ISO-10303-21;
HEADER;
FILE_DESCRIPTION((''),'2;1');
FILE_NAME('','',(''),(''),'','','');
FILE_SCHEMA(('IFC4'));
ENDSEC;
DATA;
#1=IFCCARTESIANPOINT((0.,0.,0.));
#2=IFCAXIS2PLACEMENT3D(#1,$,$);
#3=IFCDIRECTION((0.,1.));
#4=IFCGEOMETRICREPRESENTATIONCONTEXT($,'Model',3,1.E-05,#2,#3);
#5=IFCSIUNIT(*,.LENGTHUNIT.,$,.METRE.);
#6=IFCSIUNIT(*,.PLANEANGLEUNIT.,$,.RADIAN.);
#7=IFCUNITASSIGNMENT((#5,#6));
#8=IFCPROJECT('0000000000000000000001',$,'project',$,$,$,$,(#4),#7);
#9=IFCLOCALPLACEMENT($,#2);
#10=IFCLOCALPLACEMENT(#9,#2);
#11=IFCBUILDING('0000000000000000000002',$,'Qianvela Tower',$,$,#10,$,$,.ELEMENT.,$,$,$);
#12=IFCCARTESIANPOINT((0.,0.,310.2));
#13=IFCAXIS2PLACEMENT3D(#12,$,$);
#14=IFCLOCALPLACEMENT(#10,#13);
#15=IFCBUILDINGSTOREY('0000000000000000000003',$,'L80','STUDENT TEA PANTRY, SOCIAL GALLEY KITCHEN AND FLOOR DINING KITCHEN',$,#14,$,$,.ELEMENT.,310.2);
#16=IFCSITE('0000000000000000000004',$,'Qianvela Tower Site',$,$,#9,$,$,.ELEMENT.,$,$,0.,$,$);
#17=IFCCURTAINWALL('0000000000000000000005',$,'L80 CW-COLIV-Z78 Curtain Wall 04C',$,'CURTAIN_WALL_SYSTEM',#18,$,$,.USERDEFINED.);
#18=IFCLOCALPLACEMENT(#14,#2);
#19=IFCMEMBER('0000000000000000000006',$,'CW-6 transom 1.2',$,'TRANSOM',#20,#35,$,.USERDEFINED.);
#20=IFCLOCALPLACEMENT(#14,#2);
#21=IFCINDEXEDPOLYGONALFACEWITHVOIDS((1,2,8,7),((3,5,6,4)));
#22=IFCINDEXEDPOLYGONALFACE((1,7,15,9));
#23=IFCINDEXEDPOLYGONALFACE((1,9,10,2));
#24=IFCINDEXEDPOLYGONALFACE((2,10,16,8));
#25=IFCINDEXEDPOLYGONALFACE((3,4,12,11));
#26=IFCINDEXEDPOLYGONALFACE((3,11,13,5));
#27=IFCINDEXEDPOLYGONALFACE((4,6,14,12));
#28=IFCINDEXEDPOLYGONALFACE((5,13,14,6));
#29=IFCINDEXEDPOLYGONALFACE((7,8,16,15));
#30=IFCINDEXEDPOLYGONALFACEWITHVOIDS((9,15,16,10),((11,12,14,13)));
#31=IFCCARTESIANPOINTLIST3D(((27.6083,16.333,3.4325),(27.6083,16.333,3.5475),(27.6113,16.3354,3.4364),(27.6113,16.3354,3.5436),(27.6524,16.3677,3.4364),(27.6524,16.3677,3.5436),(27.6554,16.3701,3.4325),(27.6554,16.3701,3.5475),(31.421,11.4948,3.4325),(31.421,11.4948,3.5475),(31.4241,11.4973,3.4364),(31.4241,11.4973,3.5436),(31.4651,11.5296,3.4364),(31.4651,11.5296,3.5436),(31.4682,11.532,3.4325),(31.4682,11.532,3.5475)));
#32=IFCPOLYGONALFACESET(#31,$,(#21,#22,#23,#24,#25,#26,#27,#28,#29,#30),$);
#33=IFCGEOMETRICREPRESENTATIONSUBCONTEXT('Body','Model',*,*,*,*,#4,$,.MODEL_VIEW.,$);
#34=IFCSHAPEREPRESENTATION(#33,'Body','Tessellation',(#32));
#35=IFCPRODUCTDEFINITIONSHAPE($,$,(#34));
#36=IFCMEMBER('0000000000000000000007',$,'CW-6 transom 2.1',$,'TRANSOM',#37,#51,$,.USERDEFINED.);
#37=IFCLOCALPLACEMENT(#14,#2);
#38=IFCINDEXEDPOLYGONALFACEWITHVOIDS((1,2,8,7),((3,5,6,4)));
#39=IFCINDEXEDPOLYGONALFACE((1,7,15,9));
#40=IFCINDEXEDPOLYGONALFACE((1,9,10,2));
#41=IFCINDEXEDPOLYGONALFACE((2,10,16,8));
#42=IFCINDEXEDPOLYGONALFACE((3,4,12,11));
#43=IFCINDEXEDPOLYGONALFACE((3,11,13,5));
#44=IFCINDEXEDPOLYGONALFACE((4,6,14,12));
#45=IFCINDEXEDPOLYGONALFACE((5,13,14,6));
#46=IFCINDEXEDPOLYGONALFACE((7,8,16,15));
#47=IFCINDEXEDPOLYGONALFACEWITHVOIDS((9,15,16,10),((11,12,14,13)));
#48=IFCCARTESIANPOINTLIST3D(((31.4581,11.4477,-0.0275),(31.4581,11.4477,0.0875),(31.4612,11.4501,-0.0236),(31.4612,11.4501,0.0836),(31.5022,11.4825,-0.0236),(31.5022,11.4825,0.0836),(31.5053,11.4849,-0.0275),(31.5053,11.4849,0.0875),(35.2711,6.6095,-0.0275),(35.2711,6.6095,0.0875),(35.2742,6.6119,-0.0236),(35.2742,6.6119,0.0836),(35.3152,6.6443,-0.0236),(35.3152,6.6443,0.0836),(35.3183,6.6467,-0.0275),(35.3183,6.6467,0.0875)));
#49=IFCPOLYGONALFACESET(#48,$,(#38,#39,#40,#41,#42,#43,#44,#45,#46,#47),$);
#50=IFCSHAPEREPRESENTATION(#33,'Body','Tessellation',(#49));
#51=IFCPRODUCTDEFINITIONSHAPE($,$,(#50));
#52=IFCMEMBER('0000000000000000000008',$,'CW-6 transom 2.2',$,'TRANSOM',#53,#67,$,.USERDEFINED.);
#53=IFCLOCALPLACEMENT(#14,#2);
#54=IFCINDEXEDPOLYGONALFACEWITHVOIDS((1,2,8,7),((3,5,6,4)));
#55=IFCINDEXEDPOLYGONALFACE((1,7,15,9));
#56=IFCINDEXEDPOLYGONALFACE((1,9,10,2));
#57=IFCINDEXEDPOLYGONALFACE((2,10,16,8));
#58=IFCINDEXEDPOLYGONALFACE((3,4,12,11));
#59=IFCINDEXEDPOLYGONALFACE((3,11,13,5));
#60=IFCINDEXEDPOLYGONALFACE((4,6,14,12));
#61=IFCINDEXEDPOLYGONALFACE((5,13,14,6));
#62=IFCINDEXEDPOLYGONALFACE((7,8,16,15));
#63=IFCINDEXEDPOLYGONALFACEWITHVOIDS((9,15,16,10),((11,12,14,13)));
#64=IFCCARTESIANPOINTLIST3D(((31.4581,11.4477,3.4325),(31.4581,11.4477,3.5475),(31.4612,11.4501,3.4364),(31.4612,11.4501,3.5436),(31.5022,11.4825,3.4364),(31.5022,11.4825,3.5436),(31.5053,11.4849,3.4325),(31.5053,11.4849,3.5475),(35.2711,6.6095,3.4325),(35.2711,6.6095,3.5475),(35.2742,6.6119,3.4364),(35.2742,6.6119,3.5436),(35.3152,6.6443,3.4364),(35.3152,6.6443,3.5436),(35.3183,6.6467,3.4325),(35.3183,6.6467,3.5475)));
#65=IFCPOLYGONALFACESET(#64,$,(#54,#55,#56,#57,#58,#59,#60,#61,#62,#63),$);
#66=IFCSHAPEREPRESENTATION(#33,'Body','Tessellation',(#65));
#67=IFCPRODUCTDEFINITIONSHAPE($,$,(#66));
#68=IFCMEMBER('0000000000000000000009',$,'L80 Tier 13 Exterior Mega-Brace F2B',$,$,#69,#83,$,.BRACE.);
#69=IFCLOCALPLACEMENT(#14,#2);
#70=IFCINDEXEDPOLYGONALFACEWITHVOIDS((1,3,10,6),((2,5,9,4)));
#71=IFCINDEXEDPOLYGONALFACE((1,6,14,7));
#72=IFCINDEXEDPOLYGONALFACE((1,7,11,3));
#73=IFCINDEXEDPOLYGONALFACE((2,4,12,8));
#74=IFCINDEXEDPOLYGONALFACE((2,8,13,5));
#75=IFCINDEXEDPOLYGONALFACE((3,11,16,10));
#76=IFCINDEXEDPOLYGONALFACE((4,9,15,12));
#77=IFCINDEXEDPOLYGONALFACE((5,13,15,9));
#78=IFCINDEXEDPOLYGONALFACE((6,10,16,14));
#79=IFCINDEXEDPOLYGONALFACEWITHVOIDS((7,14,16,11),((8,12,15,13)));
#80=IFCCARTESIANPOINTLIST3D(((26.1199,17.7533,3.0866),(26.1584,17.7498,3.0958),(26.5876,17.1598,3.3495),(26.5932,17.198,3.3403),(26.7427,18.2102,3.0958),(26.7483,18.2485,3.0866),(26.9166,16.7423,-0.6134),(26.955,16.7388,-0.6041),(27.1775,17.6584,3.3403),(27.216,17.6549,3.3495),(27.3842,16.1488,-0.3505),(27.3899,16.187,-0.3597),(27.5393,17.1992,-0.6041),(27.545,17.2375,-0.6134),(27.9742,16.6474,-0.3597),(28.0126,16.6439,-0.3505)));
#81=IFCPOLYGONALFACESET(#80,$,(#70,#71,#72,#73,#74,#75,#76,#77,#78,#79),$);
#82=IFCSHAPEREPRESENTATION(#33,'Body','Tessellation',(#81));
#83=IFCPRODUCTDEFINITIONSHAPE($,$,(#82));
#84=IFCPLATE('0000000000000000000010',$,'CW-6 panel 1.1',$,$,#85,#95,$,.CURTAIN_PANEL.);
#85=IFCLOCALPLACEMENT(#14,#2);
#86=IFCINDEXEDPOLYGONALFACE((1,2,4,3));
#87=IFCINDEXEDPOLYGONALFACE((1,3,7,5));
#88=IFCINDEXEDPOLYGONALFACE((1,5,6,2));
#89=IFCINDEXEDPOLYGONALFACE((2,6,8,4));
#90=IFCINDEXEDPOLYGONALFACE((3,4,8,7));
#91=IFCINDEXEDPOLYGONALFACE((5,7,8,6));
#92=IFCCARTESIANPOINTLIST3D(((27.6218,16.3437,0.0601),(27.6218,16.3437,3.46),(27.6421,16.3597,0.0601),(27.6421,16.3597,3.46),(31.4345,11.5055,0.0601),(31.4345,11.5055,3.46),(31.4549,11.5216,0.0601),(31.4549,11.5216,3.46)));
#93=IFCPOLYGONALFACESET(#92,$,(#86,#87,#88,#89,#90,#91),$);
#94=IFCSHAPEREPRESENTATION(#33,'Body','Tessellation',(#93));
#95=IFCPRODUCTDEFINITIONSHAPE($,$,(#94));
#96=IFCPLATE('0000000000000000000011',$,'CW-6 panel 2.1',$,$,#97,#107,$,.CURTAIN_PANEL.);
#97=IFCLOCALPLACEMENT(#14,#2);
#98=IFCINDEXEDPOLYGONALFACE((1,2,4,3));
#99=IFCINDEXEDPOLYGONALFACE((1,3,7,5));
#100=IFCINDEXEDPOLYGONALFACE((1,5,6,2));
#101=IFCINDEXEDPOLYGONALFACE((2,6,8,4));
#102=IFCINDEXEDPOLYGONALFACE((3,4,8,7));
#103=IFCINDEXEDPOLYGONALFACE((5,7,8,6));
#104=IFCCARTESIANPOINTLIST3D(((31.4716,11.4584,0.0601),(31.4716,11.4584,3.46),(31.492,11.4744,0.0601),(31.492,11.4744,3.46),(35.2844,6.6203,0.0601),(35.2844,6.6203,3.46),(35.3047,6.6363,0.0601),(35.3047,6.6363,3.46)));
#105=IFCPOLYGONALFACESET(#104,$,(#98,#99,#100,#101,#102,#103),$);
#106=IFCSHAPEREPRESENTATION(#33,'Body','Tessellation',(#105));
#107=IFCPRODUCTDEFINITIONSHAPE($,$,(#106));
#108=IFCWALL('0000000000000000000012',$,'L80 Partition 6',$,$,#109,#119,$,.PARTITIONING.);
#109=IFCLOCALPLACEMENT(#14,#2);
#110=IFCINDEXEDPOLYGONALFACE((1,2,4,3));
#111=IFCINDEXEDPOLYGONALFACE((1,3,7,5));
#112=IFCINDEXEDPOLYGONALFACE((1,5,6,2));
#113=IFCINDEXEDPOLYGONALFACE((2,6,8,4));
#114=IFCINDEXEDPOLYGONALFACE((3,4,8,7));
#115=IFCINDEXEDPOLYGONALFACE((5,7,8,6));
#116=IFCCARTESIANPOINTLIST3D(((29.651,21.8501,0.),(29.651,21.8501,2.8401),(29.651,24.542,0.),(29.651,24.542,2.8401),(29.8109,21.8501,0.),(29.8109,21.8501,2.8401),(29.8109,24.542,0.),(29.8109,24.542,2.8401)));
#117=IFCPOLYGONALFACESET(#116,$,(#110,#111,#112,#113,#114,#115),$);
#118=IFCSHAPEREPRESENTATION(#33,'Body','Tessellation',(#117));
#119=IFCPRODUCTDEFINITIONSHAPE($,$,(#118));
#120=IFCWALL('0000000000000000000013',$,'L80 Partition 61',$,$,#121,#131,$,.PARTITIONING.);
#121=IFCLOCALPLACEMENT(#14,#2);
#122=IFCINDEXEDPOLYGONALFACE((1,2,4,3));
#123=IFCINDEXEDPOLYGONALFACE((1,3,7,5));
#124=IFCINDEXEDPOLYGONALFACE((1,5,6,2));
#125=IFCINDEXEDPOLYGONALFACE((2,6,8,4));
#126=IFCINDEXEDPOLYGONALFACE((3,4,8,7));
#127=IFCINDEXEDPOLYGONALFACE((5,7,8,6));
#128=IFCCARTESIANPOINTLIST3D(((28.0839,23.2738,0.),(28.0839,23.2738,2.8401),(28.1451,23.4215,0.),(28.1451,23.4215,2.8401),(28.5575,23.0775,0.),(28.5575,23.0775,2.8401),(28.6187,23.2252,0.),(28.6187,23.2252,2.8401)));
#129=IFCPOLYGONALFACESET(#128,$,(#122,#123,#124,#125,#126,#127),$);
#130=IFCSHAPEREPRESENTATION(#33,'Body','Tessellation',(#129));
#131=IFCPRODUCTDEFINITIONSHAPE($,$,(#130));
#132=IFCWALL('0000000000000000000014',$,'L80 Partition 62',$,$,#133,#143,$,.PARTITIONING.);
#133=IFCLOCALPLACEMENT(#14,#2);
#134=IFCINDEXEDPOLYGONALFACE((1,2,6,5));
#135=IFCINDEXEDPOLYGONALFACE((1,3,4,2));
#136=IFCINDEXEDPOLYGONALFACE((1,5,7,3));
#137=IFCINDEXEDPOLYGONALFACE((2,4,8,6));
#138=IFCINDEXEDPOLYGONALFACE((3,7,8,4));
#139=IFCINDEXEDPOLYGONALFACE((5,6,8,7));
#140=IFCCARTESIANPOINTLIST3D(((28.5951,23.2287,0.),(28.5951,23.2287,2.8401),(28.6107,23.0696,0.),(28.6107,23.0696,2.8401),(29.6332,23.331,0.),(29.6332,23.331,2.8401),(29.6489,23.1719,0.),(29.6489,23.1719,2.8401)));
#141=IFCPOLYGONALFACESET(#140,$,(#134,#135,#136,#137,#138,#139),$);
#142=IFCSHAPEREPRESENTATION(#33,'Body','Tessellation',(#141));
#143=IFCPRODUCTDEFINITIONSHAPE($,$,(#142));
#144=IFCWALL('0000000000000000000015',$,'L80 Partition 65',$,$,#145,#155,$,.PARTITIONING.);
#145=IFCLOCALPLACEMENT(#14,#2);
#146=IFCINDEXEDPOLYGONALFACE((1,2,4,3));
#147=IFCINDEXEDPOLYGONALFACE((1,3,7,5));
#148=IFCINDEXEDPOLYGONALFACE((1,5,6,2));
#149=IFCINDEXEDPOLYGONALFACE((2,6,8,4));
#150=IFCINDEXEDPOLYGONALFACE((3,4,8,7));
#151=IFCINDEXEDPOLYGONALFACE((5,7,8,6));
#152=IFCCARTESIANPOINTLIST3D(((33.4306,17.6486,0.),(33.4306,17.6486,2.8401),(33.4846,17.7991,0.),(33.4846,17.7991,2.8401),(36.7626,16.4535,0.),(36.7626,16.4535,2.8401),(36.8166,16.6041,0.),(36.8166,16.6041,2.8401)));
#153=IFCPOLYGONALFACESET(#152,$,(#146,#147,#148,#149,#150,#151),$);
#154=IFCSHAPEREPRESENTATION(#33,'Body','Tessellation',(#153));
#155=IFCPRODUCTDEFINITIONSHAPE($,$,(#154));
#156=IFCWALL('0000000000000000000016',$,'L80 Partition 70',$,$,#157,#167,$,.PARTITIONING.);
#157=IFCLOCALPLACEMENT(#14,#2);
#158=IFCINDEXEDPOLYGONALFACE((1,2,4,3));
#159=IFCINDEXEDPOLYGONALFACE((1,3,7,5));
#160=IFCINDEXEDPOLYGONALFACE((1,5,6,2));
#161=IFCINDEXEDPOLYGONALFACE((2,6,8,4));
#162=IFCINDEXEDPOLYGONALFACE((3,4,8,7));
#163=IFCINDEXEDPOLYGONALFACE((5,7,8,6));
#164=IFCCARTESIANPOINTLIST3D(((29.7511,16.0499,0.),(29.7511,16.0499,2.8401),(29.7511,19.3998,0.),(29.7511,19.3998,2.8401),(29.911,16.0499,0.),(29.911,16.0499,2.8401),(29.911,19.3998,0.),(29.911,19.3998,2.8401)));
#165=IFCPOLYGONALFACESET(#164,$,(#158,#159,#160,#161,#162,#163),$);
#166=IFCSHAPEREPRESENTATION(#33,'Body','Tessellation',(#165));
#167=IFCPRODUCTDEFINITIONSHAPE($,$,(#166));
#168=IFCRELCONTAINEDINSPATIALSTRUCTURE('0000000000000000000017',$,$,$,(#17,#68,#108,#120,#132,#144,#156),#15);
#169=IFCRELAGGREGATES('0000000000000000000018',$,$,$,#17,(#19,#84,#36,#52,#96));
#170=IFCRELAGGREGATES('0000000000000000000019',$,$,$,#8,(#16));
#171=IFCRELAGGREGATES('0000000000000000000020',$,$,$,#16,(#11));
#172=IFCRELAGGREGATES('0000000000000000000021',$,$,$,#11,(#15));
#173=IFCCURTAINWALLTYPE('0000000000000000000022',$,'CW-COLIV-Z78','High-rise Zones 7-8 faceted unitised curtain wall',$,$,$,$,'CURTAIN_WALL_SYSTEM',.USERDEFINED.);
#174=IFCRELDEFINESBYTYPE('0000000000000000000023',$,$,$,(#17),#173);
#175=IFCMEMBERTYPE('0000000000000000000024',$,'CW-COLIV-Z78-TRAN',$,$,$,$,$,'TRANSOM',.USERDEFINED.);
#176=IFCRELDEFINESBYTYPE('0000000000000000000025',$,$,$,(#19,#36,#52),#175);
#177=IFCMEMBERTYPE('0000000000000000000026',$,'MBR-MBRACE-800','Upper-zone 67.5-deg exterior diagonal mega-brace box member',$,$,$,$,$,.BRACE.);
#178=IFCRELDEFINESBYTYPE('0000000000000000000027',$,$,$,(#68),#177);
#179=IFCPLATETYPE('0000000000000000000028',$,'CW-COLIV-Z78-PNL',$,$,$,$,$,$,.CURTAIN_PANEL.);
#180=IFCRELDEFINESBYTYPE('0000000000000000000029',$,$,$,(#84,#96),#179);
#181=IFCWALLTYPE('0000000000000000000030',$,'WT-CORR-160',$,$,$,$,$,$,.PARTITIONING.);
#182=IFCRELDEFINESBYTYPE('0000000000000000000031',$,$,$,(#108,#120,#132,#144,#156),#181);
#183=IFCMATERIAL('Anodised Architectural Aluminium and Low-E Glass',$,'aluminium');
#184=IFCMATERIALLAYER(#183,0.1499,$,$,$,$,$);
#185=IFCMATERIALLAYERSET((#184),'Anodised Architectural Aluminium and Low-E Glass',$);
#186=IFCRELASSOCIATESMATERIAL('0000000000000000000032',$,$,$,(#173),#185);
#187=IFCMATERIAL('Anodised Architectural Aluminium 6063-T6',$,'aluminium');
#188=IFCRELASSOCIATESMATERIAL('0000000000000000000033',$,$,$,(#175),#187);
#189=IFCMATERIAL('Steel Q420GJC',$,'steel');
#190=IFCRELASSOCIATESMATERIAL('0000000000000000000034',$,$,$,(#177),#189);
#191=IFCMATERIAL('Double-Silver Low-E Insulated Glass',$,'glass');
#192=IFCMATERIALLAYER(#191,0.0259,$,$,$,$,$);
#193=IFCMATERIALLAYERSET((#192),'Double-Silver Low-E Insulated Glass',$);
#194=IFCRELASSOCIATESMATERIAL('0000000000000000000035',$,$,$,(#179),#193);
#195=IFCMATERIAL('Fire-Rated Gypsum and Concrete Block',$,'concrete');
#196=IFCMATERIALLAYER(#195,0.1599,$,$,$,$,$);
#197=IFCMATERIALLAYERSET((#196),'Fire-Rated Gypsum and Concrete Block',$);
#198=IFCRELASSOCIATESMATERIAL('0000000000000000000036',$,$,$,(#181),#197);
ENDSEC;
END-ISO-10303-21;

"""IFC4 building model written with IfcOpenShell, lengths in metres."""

from ifc_helpers import new_model, si_unit, direction, frame, frame_2d, origin, origin_2d, place, context, subcontext, project, spatial, rectangle, hollow_rectangle, extrude, material, layer, layer_set, material_profile, profile_set, type_object, element, aggregate, save


model = new_model("IFC4")

# Units and contexts
model_context = context("Model", 3, precision=1e-05, world=origin(), true_north=direction((0.0, 1.0)))
body_context = subcontext(model_context, "Body", "Model", "MODEL_VIEW")
ifc_project = project(units=[si_unit("LENGTHUNIT", "METRE"), si_unit("PLANEANGLEUNIT", "RADIAN")], contexts=[model_context])

# Site, building, storey
site_placement = place(None, origin())
site = spatial("IfcSite", under=ifc_project, at=site_placement, Name="Qianvela Tower Site", CompositionType="ELEMENT", RefElevation=0.0)
building_placement = place(site_placement, origin())
building = spatial("IfcBuilding", under=site, at=building_placement, Name="Qianvela Tower", CompositionType="ELEMENT")
storey_placement = place(building_placement, frame((0.0, 0.0, 310.2)))
storey = spatial("IfcBuildingStorey", under=building, at=storey_placement, Name="L80", Description="STUDENT TEA PANTRY, SOCIAL GALLEY KITCHEN AND FLOOR DINING KITCHEN", CompositionType="ELEMENT", Elevation=310.2)

# Curtain wall, members
ifc_material_1 = material(Name="Anodised Architectural Aluminium and Low-E Glass", Category="aluminium")
ifc_layer_1 = layer(ifc_material_1, 0.1499)
ifc_layer_set_1 = layer_set([ifc_layer_1], Name="Anodised Architectural Aluminium and Low-E Glass")
curtain_wall_type_1 = type_object("IfcCurtainWallType", Name="CW-COLIV-Z78", Description="High-rise Zones 7-8 faceted unitised curtain wall", ElementType="CURTAIN_WALL_SYSTEM", PredefinedType="USERDEFINED", material=ifc_layer_set_1)
curtain_wall_1_placement = place(storey_placement, origin())
curtain_wall_1 = element("IfcCurtainWall", 1, at=curtain_wall_1_placement, inside=storey, type_object=curtain_wall_type_1, Name="L80 CW-COLIV-Z78 Curtain Wall 04C", ObjectType="CURTAIN_WALL_SYSTEM", PredefinedType="USERDEFINED")
ifc_material_2 = material(Name="Anodised Architectural Aluminium 6063-T6", Category="aluminium")
ifc_material_profile_1 = material_profile(ifc_material_2, hollow_rectangle(XDim=0.0601, YDim=0.115, WallThickness=0.0039, at=origin_2d()), Name="ALU-TRAN-60x115")
ifc_profile_set_1 = profile_set([ifc_material_profile_1], Name="Anodised Architectural Aluminium 6063-T6")
member_type_1 = type_object("IfcMemberType", Name="CW-COLIV-Z78-TRAN", ElementType="TRANSOM", PredefinedType="USERDEFINED", material=ifc_profile_set_1)
member_1_placement = place(storey_placement, frame((27.6318, 16.3516, 3.49), z_axis=(0.61896, -0.785422, 0.0), x_axis=(0.785422, 0.61896, 0.0)))
member_1 = element("IfcMember", 2, at=member_1_placement, type_object=member_type_1, Name="CW-6 transom 1.2", ObjectType="TRANSOM", PredefinedType="USERDEFINED", context=body_context, shape_type="SweptSolid", body=[
    extrude(hollow_rectangle(XDim=0.0601, YDim=0.115, WallThickness=0.0039, at=origin_2d()), origin(), (0.0, 0.0, 1.0), 6.1599),
])
member_2_placement = place(storey_placement, frame((31.4817, 11.4663, 0.03), z_axis=(0.618985, -0.785403, 0.0), x_axis=(0.785403, 0.618985, 0.0)))
member_2 = element("IfcMember", 3, at=member_2_placement, type_object=member_type_1, Name="CW-6 transom 2.1", ObjectType="TRANSOM", PredefinedType="USERDEFINED", context=body_context, shape_type="SweptSolid", body=[
    extrude(hollow_rectangle(XDim=0.0601, YDim=0.115, WallThickness=0.0039, at=origin_2d()), origin(), (0.0, 0.0, 1.0), 6.1602),
])
member_3_placement = place(storey_placement, frame((31.4817, 11.4663, 3.49), z_axis=(0.618985, -0.785403, 0.0), x_axis=(0.785403, 0.618985, 0.0)))
member_3 = element("IfcMember", 4, at=member_3_placement, type_object=member_type_1, Name="CW-6 transom 2.2", ObjectType="TRANSOM", PredefinedType="USERDEFINED", context=body_context, shape_type="SweptSolid", body=[
    extrude(hollow_rectangle(XDim=0.0601, YDim=0.115, WallThickness=0.0039, at=origin_2d()), origin(), (0.0, 0.0, 1.0), 6.1602),
])

# Member
ifc_material_3 = material(Name="Steel Q420GJC", Category="steel")
ifc_material_profile_2 = material_profile(ifc_material_3, hollow_rectangle(XDim=0.8, YDim=0.8, WallThickness=0.0281, at=origin_2d()), Name="MBOX-800x800x28")
ifc_profile_set_2 = profile_set([ifc_material_profile_2], Name="Steel Q420GJC")
member_type_2 = type_object("IfcMemberType", Name="MBR-MBRACE-800", Description="Upper-zone 67.5-deg exterior diagonal mega-brace box member", PredefinedType="BRACE", material=ifc_profile_set_2)
member_4_placement = place(storey_placement, frame((27.4646, 16.6931, -0.4819), z_axis=(-0.203355, 0.258073, 0.944481), x_axis=(-0.785455, -0.618918, 0.0)))
element("IfcMember", 5, at=member_4_placement, inside=storey, type_object=member_type_2, Name="L80 Tier 13 Exterior Mega-Brace F2B", PredefinedType="BRACE", context=body_context, shape_type="SweptSolid", body=[
    extrude(hollow_rectangle(XDim=0.8, YDim=0.8, WallThickness=0.0281, at=origin_2d()), origin(), (0.0, 0.0, 1.0), 3.9175),
])

# Plates
ifc_material_4 = material(Name="Double-Silver Low-E Insulated Glass", Category="glass")
ifc_layer_2 = layer(ifc_material_4, 0.0259)
ifc_layer_set_2 = layer_set([ifc_layer_2], Name="Double-Silver Low-E Insulated Glass")
plate_type = type_object("IfcPlateType", Name="CW-COLIV-Z78-PNL", PredefinedType="CURTAIN_PANEL", material=ifc_layer_set_2)
plate_1_placement = place(storey_placement, frame((29.5383, 13.9326, 0.0601), z_axis=(0.0, 0.0, 1.0), x_axis=(0.618963, -0.78542, 0.0)))
plate_1 = element("IfcPlate", 6, at=plate_1_placement, type_object=plate_type, Name="CW-6 panel 1.1", PredefinedType="CURTAIN_PANEL", context=body_context, shape_type="SweptSolid", body=[
    extrude(rectangle(XDim=6.1599, YDim=0.0259, at=origin_2d()), origin(), (0.0, 0.0, 1.0), 3.3999),
])
plate_2_placement = place(storey_placement, frame((33.3882, 9.0474, 0.0601), z_axis=(0.0, 0.0, 1.0), x_axis=(0.618963, -0.78542, 0.0)))
plate_2 = element("IfcPlate", 7, at=plate_2_placement, type_object=plate_type, Name="CW-6 panel 2.1", PredefinedType="CURTAIN_PANEL", context=body_context, shape_type="SweptSolid", body=[
    extrude(rectangle(XDim=6.1599, YDim=0.0259, at=origin_2d()), origin(), (0.0, 0.0, 1.0), 3.3999),
])
aggregate(curtain_wall_1, [member_1, plate_1, member_2, member_3, plate_2])

# Shared definitions
ifc_material_5 = material(Name="Fire-Rated Gypsum and Concrete Block", Category="concrete")
ifc_layer_3 = layer(ifc_material_5, 0.1599)
ifc_layer_set_3 = layer_set([ifc_layer_3], Name="Fire-Rated Gypsum and Concrete Block")
wall_type_1 = type_object("IfcWallType", Name="WT-CORR-160", PredefinedType="PARTITIONING", material=ifc_layer_set_3)

# Walls
wall_1_placement = place(storey_placement, frame((29.731, 21.8501, 0.0), z_axis=(0.0, 0.0, 1.0), x_axis=(0.0, 1.0, 0.0)))
element("IfcWall", 8, at=wall_1_placement, inside=storey, type_object=wall_type_1, Name="L80 Partition 6", PredefinedType="PARTITIONING", context=body_context, shape_type="SweptSolid", body=[
    extrude(rectangle(XDim=2.6919, YDim=0.1599, at=frame_2d((1.3459, 0.0))), origin(), (0.0, 0.0, 1.0), 2.8401),
])
wall_2_placement = place(storey_placement, frame((28.1145, 23.3477, 0.0), z_axis=(0.0, 0.0, 1.0), x_axis=(0.923808, -0.382856, 0.0)))
element("IfcWall", 9, at=wall_2_placement, inside=storey, type_object=wall_type_1, Name="L80 Partition 61", PredefinedType="PARTITIONING", context=body_context, shape_type="SweptSolid", body=[
    extrude(rectangle(XDim=0.5127, YDim=0.1599, at=frame_2d((0.2563, 0.0))), origin(), (0.0, 0.0, 1.0), 2.8401),
])
wall_3_placement = place(storey_placement, frame((28.603, 23.1492, 0.0), z_axis=(0.0, 0.0, 1.0), x_axis=(0.99518, 0.098067, 0.0)))
element("IfcWall", 10, at=wall_3_placement, inside=storey, type_object=wall_type_1, Name="L80 Partition 62", PredefinedType="PARTITIONING", context=body_context, shape_type="SweptSolid", body=[
    extrude(rectangle(XDim=1.0432, YDim=0.1599, at=frame_2d((0.5215, 0.0))), origin(), (0.0, 0.0, 1.0), 2.8401),
])
wall_4_placement = place(storey_placement, frame((33.4575, 17.7239, 0.0), z_axis=(0.0, 0.0, 1.0), x_axis=(0.941289, -0.337603, 0.0)))
element("IfcWall", 11, at=wall_4_placement, inside=storey, type_object=wall_type_1, Name="L80 Partition 65", PredefinedType="PARTITIONING", context=body_context, shape_type="SweptSolid", body=[
    extrude(rectangle(XDim=3.5398, YDim=0.1599, at=frame_2d((1.77, 0.0))), origin(), (0.0, 0.0, 1.0), 2.8401),
])
wall_5_placement = place(storey_placement, frame((29.8311, 16.05, 0.0), z_axis=(0.0, 0.0, 1.0), x_axis=(0.0, 1.0, 0.0)))
element("IfcWall", 12, at=wall_5_placement, inside=storey, type_object=wall_type_1, Name="L80 Partition 70", PredefinedType="PARTITIONING", context=body_context, shape_type="SweptSolid", body=[
    extrude(rectangle(XDim=3.3499, YDim=0.1599, at=frame_2d((1.6748, 0.0))), origin(), (0.0, 0.0, 1.0), 2.8401),
])

save(model, "model.ifc")
